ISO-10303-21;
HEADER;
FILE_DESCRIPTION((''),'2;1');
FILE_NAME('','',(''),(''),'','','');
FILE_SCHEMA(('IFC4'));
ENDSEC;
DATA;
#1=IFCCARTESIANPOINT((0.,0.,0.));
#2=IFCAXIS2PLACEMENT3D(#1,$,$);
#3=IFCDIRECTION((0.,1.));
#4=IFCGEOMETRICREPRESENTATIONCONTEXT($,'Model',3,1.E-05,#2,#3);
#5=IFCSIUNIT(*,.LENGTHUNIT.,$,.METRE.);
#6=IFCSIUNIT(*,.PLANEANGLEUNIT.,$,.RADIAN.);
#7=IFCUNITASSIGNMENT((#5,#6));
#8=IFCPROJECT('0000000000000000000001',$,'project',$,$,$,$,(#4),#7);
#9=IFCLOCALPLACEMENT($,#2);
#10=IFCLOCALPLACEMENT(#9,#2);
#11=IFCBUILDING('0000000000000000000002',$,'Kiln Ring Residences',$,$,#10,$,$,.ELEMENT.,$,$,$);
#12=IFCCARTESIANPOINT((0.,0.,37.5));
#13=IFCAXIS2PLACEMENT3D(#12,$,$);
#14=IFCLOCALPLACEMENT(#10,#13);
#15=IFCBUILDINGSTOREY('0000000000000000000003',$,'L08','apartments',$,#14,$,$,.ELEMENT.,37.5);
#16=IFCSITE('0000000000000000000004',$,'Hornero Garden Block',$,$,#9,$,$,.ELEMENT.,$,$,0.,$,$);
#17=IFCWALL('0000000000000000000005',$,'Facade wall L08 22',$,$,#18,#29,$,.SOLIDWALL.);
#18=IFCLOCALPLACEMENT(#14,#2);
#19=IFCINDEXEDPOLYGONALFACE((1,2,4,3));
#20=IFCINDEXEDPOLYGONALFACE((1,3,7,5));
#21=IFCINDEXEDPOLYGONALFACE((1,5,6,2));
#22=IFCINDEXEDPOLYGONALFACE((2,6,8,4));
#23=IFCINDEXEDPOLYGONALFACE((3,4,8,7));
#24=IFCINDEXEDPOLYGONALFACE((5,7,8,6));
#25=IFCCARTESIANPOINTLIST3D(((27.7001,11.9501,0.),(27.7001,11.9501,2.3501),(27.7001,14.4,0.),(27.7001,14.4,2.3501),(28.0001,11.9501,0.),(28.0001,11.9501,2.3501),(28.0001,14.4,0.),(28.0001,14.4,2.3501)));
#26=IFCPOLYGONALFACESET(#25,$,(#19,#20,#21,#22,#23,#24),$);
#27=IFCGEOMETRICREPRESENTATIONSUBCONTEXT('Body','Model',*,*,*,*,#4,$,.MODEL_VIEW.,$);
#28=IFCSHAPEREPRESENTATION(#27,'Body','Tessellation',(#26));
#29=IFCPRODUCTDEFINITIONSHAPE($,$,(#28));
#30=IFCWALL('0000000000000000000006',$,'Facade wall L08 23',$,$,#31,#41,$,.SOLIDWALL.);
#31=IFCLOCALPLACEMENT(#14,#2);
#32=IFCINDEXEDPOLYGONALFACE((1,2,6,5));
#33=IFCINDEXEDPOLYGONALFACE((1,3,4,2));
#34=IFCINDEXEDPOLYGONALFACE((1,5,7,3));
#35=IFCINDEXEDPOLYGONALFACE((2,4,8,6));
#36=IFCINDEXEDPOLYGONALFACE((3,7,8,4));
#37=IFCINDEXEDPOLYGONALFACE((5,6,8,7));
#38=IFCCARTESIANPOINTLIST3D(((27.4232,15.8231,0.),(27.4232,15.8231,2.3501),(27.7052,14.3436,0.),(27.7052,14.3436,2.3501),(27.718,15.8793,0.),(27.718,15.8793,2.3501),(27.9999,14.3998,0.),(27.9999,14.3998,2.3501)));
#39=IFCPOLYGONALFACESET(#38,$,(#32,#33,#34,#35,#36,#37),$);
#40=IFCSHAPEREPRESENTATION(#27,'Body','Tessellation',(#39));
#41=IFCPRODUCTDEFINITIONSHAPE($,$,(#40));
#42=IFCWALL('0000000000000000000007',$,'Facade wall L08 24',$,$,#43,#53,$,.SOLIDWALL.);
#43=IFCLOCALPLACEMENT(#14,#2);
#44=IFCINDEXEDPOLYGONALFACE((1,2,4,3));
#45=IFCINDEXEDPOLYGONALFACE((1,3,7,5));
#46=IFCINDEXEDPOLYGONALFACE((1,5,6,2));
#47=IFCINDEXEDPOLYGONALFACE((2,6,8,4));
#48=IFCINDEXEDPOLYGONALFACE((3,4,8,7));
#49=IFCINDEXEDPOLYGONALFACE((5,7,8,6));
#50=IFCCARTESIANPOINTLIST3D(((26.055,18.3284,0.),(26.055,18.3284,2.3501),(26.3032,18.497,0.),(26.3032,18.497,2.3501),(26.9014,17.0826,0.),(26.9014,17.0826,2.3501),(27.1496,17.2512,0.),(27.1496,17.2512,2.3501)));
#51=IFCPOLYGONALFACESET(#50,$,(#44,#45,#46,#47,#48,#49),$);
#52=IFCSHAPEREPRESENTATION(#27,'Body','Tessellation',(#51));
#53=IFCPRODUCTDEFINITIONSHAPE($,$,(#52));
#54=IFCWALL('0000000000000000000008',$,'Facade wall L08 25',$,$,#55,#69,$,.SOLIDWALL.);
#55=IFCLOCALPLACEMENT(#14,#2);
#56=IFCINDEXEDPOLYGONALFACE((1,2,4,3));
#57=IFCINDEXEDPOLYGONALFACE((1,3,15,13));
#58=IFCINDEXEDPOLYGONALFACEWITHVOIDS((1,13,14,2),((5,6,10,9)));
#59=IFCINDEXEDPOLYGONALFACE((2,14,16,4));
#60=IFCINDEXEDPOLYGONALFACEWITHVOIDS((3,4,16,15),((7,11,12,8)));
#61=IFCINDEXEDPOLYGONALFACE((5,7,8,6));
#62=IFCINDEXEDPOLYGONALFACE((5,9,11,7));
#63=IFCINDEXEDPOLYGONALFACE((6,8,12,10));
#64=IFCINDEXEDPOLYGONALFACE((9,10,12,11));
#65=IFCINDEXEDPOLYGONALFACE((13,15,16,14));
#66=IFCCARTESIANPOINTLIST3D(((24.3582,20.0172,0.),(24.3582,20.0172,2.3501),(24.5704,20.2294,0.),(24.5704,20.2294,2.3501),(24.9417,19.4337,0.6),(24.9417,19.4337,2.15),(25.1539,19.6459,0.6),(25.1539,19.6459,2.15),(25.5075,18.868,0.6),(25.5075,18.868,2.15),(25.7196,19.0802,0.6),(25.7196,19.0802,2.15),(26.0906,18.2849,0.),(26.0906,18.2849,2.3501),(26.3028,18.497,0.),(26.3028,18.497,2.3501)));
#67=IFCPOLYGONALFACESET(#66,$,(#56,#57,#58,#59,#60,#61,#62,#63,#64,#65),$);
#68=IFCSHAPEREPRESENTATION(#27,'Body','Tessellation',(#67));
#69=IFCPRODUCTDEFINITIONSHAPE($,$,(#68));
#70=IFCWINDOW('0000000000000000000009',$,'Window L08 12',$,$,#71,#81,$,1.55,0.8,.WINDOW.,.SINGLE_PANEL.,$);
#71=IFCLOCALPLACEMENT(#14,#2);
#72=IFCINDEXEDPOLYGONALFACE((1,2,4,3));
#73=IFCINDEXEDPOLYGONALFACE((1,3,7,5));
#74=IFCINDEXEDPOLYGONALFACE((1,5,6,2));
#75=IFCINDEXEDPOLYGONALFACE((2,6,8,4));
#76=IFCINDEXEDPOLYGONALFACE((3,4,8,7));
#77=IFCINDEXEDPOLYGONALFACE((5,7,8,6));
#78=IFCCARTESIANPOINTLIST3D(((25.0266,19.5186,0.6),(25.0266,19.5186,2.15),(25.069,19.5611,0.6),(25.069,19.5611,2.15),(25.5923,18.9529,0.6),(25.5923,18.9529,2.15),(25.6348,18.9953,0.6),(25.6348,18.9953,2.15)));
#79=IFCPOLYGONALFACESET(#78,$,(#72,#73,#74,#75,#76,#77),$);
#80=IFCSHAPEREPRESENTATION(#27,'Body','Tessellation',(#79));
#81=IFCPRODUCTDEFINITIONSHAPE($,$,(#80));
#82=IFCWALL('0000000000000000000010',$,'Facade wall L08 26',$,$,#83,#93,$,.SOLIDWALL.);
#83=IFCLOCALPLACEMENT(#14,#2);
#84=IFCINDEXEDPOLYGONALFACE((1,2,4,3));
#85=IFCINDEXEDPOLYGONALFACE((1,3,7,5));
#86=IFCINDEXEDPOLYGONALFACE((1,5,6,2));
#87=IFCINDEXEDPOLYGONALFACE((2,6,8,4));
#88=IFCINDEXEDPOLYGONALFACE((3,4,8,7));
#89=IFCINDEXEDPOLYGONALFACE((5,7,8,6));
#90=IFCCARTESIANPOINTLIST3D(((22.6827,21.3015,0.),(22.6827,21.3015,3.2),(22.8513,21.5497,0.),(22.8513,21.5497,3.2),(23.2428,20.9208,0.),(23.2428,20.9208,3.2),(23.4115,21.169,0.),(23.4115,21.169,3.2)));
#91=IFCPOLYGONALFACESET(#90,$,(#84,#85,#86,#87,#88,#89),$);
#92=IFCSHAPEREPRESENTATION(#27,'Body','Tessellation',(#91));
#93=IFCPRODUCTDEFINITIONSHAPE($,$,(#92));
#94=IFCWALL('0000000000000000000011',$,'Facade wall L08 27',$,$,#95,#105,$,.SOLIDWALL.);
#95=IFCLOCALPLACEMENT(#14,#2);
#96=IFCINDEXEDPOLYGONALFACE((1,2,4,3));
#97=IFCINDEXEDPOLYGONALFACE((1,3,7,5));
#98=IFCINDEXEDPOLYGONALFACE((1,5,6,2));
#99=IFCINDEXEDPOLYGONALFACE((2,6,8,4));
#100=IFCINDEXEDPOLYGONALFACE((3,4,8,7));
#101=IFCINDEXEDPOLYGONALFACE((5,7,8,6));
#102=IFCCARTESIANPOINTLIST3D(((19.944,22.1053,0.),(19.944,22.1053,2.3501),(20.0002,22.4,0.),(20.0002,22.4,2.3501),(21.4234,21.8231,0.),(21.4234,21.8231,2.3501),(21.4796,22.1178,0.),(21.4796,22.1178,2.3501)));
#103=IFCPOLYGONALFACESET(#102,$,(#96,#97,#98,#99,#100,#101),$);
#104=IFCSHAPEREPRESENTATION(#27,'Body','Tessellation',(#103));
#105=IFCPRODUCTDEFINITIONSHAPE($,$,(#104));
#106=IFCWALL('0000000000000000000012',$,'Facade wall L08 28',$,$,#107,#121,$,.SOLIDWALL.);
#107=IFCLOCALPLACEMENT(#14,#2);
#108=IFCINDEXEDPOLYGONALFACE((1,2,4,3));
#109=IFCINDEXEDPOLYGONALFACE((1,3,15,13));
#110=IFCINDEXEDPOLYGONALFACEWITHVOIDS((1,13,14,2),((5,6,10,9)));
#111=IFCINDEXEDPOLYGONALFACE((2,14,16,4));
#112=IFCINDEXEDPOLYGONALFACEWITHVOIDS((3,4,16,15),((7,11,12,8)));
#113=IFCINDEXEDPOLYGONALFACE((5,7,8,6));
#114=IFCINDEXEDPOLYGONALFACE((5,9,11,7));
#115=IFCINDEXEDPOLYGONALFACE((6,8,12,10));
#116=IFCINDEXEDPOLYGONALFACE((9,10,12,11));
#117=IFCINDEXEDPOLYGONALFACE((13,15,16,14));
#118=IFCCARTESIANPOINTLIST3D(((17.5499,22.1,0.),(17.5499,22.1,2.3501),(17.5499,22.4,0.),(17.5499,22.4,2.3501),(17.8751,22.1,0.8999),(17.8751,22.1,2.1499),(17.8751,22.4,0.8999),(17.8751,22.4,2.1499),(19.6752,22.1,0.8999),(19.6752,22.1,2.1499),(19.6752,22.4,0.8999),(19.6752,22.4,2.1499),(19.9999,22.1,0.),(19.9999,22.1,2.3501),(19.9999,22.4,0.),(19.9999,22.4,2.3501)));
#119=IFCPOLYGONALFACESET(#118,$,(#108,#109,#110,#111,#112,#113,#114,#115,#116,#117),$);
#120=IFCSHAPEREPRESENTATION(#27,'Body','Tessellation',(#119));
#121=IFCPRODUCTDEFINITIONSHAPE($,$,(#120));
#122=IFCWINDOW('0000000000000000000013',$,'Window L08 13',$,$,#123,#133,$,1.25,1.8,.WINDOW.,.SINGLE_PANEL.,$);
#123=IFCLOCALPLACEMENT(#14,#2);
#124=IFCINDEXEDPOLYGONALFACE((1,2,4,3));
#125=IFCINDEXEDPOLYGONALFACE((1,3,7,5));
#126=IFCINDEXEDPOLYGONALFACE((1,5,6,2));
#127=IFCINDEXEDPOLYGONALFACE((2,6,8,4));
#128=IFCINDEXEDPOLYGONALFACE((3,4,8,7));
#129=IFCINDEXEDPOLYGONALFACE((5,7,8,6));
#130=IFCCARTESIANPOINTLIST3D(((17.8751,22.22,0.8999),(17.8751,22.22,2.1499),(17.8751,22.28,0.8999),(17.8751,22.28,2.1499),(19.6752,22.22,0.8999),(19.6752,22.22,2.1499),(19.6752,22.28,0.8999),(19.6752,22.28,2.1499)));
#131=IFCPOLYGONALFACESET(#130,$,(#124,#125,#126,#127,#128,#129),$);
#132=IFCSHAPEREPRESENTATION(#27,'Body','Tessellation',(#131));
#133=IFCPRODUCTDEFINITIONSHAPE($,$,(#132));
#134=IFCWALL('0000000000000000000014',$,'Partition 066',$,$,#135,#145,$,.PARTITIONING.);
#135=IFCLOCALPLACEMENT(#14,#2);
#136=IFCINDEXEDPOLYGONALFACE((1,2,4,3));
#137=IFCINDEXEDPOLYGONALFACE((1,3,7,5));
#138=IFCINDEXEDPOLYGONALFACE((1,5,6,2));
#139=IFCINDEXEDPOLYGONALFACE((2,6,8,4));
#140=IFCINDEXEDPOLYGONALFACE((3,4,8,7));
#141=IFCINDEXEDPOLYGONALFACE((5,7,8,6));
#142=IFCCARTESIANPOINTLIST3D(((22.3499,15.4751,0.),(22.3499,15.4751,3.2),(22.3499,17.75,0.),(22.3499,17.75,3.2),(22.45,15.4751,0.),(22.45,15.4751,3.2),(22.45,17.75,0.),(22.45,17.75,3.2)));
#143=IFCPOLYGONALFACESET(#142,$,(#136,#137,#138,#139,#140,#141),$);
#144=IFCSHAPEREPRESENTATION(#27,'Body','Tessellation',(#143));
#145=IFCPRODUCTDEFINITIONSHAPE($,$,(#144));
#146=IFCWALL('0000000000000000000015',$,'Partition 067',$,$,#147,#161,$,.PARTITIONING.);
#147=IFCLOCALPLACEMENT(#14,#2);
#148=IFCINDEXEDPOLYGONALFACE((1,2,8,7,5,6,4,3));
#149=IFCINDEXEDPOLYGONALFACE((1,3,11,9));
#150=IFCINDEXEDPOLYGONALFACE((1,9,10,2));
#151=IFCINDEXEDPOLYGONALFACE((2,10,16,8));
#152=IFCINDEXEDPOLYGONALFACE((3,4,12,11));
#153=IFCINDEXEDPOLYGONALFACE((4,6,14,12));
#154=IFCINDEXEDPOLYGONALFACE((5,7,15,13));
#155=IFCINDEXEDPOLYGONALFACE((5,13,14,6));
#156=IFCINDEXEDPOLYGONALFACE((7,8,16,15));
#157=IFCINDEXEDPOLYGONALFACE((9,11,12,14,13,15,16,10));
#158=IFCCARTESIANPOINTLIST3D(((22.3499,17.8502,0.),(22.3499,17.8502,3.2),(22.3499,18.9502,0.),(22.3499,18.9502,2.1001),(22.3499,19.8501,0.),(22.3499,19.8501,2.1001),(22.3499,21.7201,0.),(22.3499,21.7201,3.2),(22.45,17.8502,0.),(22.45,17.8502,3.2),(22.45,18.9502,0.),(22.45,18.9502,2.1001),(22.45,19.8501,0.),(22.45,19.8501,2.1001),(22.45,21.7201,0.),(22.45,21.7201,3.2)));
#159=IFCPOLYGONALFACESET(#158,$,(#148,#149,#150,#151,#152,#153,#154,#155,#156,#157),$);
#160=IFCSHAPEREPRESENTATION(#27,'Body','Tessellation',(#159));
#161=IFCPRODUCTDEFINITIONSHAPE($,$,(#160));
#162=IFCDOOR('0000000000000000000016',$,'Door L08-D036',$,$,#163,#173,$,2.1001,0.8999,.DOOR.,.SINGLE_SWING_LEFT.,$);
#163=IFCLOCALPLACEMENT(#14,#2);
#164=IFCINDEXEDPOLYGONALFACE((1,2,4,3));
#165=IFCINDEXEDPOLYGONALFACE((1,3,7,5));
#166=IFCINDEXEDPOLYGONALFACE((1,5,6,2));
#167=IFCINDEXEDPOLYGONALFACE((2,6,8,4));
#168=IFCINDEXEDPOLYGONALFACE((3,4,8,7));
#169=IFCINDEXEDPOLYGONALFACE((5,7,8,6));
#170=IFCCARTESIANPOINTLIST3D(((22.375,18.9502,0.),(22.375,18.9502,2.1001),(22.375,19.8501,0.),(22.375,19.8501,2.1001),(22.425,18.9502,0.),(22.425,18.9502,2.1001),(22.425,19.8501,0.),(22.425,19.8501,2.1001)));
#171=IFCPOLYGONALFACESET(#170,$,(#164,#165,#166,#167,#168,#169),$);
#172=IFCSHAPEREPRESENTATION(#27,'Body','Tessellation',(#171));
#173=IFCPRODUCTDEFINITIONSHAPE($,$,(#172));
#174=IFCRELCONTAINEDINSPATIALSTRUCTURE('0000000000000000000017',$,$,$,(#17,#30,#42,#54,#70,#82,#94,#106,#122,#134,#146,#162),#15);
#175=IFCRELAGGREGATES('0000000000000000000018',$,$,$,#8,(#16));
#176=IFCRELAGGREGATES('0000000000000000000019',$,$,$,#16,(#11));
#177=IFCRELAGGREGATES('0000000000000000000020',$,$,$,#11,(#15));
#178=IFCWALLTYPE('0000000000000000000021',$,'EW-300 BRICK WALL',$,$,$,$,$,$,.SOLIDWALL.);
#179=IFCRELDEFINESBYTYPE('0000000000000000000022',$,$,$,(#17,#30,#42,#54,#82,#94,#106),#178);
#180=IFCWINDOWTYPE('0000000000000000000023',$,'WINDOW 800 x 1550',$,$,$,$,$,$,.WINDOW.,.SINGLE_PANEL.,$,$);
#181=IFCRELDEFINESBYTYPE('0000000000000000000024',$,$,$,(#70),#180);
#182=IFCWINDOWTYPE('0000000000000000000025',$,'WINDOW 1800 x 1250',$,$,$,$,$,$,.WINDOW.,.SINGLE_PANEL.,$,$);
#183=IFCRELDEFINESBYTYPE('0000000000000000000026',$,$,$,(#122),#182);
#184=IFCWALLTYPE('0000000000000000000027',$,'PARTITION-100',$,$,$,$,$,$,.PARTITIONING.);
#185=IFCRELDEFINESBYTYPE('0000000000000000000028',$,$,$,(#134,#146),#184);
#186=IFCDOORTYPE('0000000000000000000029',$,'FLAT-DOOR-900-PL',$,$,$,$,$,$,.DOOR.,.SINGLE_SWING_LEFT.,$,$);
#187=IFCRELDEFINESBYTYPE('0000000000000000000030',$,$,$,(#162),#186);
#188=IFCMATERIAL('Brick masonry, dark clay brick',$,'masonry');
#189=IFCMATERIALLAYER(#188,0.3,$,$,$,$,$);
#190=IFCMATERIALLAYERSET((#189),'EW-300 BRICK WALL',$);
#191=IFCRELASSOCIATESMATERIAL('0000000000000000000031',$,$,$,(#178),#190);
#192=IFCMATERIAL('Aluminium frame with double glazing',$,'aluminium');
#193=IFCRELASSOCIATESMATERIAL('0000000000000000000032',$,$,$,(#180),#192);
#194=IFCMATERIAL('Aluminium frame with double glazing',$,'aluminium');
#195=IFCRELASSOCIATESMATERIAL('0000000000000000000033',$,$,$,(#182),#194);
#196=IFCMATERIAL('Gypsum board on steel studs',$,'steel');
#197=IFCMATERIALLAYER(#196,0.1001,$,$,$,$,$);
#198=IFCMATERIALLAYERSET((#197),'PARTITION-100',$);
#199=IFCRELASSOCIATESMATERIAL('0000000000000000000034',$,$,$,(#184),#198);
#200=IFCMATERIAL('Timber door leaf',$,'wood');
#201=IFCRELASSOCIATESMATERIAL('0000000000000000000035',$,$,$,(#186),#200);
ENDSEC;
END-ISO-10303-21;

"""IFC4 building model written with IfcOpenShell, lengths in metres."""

from ifc_helpers import new_model, si_unit, direction, frame, frame_2d, origin, place, context, subcontext, project, spatial, rectangle, extrude, material, layer, layer_set, type_object, element, fill, save


model = new_model("IFC4")

# Units and contexts
model_context = context("Model", 3, precision=1e-05, world=origin(), true_north=direction((0.0, 1.0)))
body_context = subcontext(model_context, "Body", "Model", "MODEL_VIEW")
ifc_project = project(units=[si_unit("LENGTHUNIT", "METRE"), si_unit("PLANEANGLEUNIT", "RADIAN")], contexts=[model_context])

# Site, building, storey
site_placement = place(None, origin())
site = spatial("IfcSite", under=ifc_project, at=site_placement, Name="Hornero Garden Block", CompositionType="ELEMENT", RefElevation=0.0)
building_placement = place(site_placement, origin())
building = spatial("IfcBuilding", under=site, at=building_placement, Name="Kiln Ring Residences", CompositionType="ELEMENT")
storey_placement = place(building_placement, frame((0.0, 0.0, 37.5)))
storey = spatial("IfcBuildingStorey", under=building, at=storey_placement, Name="L08", Description="apartments", CompositionType="ELEMENT", Elevation=37.5)

# Walls
ifc_material_1 = material(Name="Brick masonry, dark clay brick", Category="masonry")
ifc_layer_1 = layer(ifc_material_1, 0.3)
ifc_layer_set_1 = layer_set([ifc_layer_1], Name="EW-300 BRICK WALL")
wall_type_1 = type_object("IfcWallType", Name="EW-300 BRICK WALL", PredefinedType="SOLIDWALL", material=ifc_layer_set_1)
wall_1_placement = place(storey_placement, frame((27.8501, 11.95, 0.0), z_axis=(0.0, 0.0, 1.0), x_axis=(0.0, 1.0, 0.0)))
element("IfcWall", 1, at=wall_1_placement, inside=storey, type_object=wall_type_1, Name="Facade wall L08 22", PredefinedType="SOLIDWALL", context=body_context, shape_type="SweptSolid", body=[
    extrude(rectangle(XDim=2.45, YDim=0.3, at=frame_2d((1.2251, 0.0))), origin(), (0.0, 0.0, 1.0), 2.3501),
])
for number, where, z_axis, x_axis, name in (
    (2, (27.8525, 14.3718, 0.0), (0.0, 0.0, 1.0), (-0.187224, 0.982317, 0.0), "Facade wall L08 23"),
    (3, (27.0254, 17.167, 0.0), (0.0, 0.0, 1.0), (-0.561973, 0.827156, 0.0), "Facade wall L08 24"),
):
    element("IfcWall", number, at=place(storey_placement, frame(where, z_axis=z_axis, x_axis=x_axis)), inside=storey, type_object=wall_type_1, Name=name, PredefinedType="SOLIDWALL", context=body_context, shape_type="SweptSolid", body=[
        extrude(rectangle(XDim=1.5061, YDim=0.3, at=frame_2d((0.7529, 0.0))), origin(), (0.0, 0.0, 1.0), 2.3501),
    ])

# Wall, opening, window
wall_2_placement = place(storey_placement, frame((26.1968, 18.3909, 0.0), z_axis=(0.0, 0.0, 1.0), x_axis=(-0.707107, 0.707107, 0.0)))
wall_2 = element("IfcWall", 4, at=wall_2_placement, inside=storey, type_object=wall_type_1, Name="Facade wall L08 25", PredefinedType="SOLIDWALL", context=body_context, shape_type="SweptSolid", body=[
    extrude(rectangle(XDim=2.45, YDim=0.3, at=frame_2d((1.2251, 0.0))), origin(), (0.0, 0.0, 1.0), 2.3501),
])
opening_1_placement = place(wall_2_placement, frame((0.825, 0.0, 0.6001)))
opening_1 = element("IfcOpeningElement", 5, at=opening_1_placement, cuts=wall_2, PredefinedType="OPENING", context=body_context, shape_type="SweptSolid", body=[
    extrude(rectangle(XDim=0.8, YDim=1.55, at=frame_2d((0.3999, 0.7749))), frame((0.0, 0.1599, 0.0), z_axis=(0.0, -1.0, 0.0), x_axis=(1.0, 0.0, 0.0)), (0.0, 0.0, 1.0), 0.3201),
])
ifc_material_2 = material(Name="Aluminium frame with double glazing", Category="aluminium")
window_type_1 = type_object("IfcWindowType", Name="WINDOW 800 x 1550", PartitioningType="SINGLE_PANEL", PredefinedType="WINDOW", material=ifc_material_2)
window_1_placement = place(opening_1_placement, origin())
window_1 = element("IfcWindow", 6, at=window_1_placement, inside=storey, type_object=window_type_1, Name="Window L08 12", OverallHeight=1.55, OverallWidth=0.8, PartitioningType="SINGLE_PANEL", PredefinedType="WINDOW", context=body_context, shape_type="SweptSolid", body=[
    extrude(rectangle(XDim=0.8, YDim=1.55, at=frame_2d((0.3999, 0.7749))), frame((0.0, 0.03, 0.0), z_axis=(0.0, -1.0, 0.0), x_axis=(1.0, 0.0, 0.0)), (0.0, 0.0, 1.0), 0.0601),
])
fill(opening_1, window_1)

# Walls
wall_3_placement = place(storey_placement, frame((23.3271, 21.0449, 0.0), z_axis=(0.0, 0.0, 1.0), x_axis=(-0.827081, 0.562083, 0.0)))
element("IfcWall", 7, at=wall_3_placement, inside=storey, type_object=wall_type_1, Name="Facade wall L08 26", PredefinedType="SOLIDWALL", context=body_context, shape_type="SweptSolid", body=[
    extrude(rectangle(XDim=0.6772, YDim=0.3, at=frame_2d((0.3386, 0.0))), origin(), (0.0, 0.0, 1.0), 3.2),
])
wall_4_placement = place(storey_placement, frame((21.4514, 21.9705, 0.0), z_axis=(0.0, 0.0, 1.0), x_axis=(-0.982287, 0.18738, 0.0)))
element("IfcWall", 8, at=wall_4_placement, inside=storey, type_object=wall_type_1, Name="Facade wall L08 27", PredefinedType="SOLIDWALL", context=body_context, shape_type="SweptSolid", body=[
    extrude(rectangle(XDim=1.5061, YDim=0.3, at=frame_2d((0.7529, 0.0))), origin(), (0.0, 0.0, 1.0), 2.3501),
])

# Wall, opening, window
wall_5_placement = place(storey_placement, frame((20.0, 22.25, 0.0), z_axis=(0.0, 0.0, 1.0), x_axis=(-1.0, 0.0, 0.0)))
wall_5 = element("IfcWall", 9, at=wall_5_placement, inside=storey, type_object=wall_type_1, Name="Facade wall L08 28", PredefinedType="SOLIDWALL", context=body_context, shape_type="SweptSolid", body=[
    extrude(rectangle(XDim=2.45, YDim=0.3, at=frame_2d((1.2251, 0.0))), origin(), (0.0, 0.0, 1.0), 2.3501),
])
opening_2_placement = place(wall_5_placement, frame((0.325, 0.0, 0.8999)))
opening_2 = element("IfcOpeningElement", 10, at=opening_2_placement, cuts=wall_5, PredefinedType="OPENING", context=body_context, shape_type="SweptSolid", body=[
    extrude(rectangle(XDim=1.8, YDim=1.25, at=frame_2d((0.8999, 0.625))), frame((0.0, 0.1599, 0.0), z_axis=(0.0, -1.0, 0.0), x_axis=(1.0, 0.0, 0.0)), (0.0, 0.0, 1.0), 0.3201),
])
ifc_material_3 = material(Name="Aluminium frame with double glazing", Category="aluminium")
window_type_2 = type_object("IfcWindowType", Name="WINDOW 1800 x 1250", PartitioningType="SINGLE_PANEL", PredefinedType="WINDOW", material=ifc_material_3)
window_2_placement = place(opening_2_placement, origin())
window_2 = element("IfcWindow", 11, at=window_2_placement, inside=storey, type_object=window_type_2, Name="Window L08 13", OverallHeight=1.25, OverallWidth=1.8, PartitioningType="SINGLE_PANEL", PredefinedType="WINDOW", context=body_context, shape_type="SweptSolid", body=[
    extrude(rectangle(XDim=1.8, YDim=1.25, at=frame_2d((0.8999, 0.625))), frame((0.0, 0.03, 0.0), z_axis=(0.0, -1.0, 0.0), x_axis=(1.0, 0.0, 0.0)), (0.0, 0.0, 1.0), 0.0601),
])
fill(opening_2, window_2)

# Wall
ifc_material_4 = material(Name="Gypsum board on steel studs", Category="steel")
ifc_layer_2 = layer(ifc_material_4, 0.1001)
ifc_layer_set_2 = layer_set([ifc_layer_2], Name="PARTITION-100")
wall_type_2 = type_object("IfcWallType", Name="PARTITION-100", PredefinedType="PARTITIONING", material=ifc_layer_set_2)
wall_6_placement = place(storey_placement, frame((22.3999, 15.4751, 0.0), z_axis=(0.0, 0.0, 1.0), x_axis=(0.0, 1.0, 0.0)))
element("IfcWall", 12, at=wall_6_placement, inside=storey, type_object=wall_type_2, Name="Partition 066", PredefinedType="PARTITIONING", context=body_context, shape_type="SweptSolid", body=[
    extrude(rectangle(XDim=2.2749, YDim=0.1001, at=frame_2d((1.1375, 0.0))), origin(), (0.0, 0.0, 1.0), 3.2),
])

# Wall, opening, door
wall_7_placement = place(storey_placement, frame((22.3999, 17.8501, 0.0), z_axis=(0.0, 0.0, 1.0), x_axis=(0.0, 1.0, 0.0)))
wall_7 = element("IfcWall", 13, at=wall_7_placement, inside=storey, type_object=wall_type_2, Name="Partition 067", PredefinedType="PARTITIONING", context=body_context, shape_type="SweptSolid", body=[
    extrude(rectangle(XDim=3.8699, YDim=0.1001, at=frame_2d((1.9351, 0.0))), origin(), (0.0, 0.0, 1.0), 3.2),
])
opening_3_placement = place(wall_7_placement, frame((1.1001, 0.0, 0.0)))
opening_3 = element("IfcOpeningElement", 14, at=opening_3_placement, cuts=wall_7, PredefinedType="OPENING", context=body_context, shape_type="SweptSolid", body=[
    extrude(rectangle(XDim=0.8999, YDim=2.1001, at=frame_2d((0.45, 1.05))), frame((0.0, 0.0601, 0.0), z_axis=(0.0, -1.0, 0.0), x_axis=(1.0, 0.0, 0.0)), (0.0, 0.0, 1.0), 0.1201),
])
ifc_material_5 = material(Name="Timber door leaf", Category="wood")
door_type_1 = type_object("IfcDoorType", Name="FLAT-DOOR-900-PL", OperationType="SINGLE_SWING_LEFT", PredefinedType="DOOR", material=ifc_material_5)
door_1_placement = place(opening_3_placement, origin())
door_1 = element("IfcDoor", 15, at=door_1_placement, inside=storey, type_object=door_type_1, Name="Door L08-D036", OperationType="SINGLE_SWING_LEFT", OverallHeight=2.1001, OverallWidth=0.8999, PredefinedType="DOOR", context=body_context, shape_type="SweptSolid", body=[
    extrude(rectangle(XDim=0.8999, YDim=2.1001, at=frame_2d((0.45, 1.05))), frame((0.0, 0.0249, 0.0), z_axis=(0.0, -1.0, 0.0), x_axis=(1.0, 0.0, 0.0)), (0.0, 0.0, 1.0), 0.05),
])
fill(opening_3, door_1)

save(model, "model.ifc")
